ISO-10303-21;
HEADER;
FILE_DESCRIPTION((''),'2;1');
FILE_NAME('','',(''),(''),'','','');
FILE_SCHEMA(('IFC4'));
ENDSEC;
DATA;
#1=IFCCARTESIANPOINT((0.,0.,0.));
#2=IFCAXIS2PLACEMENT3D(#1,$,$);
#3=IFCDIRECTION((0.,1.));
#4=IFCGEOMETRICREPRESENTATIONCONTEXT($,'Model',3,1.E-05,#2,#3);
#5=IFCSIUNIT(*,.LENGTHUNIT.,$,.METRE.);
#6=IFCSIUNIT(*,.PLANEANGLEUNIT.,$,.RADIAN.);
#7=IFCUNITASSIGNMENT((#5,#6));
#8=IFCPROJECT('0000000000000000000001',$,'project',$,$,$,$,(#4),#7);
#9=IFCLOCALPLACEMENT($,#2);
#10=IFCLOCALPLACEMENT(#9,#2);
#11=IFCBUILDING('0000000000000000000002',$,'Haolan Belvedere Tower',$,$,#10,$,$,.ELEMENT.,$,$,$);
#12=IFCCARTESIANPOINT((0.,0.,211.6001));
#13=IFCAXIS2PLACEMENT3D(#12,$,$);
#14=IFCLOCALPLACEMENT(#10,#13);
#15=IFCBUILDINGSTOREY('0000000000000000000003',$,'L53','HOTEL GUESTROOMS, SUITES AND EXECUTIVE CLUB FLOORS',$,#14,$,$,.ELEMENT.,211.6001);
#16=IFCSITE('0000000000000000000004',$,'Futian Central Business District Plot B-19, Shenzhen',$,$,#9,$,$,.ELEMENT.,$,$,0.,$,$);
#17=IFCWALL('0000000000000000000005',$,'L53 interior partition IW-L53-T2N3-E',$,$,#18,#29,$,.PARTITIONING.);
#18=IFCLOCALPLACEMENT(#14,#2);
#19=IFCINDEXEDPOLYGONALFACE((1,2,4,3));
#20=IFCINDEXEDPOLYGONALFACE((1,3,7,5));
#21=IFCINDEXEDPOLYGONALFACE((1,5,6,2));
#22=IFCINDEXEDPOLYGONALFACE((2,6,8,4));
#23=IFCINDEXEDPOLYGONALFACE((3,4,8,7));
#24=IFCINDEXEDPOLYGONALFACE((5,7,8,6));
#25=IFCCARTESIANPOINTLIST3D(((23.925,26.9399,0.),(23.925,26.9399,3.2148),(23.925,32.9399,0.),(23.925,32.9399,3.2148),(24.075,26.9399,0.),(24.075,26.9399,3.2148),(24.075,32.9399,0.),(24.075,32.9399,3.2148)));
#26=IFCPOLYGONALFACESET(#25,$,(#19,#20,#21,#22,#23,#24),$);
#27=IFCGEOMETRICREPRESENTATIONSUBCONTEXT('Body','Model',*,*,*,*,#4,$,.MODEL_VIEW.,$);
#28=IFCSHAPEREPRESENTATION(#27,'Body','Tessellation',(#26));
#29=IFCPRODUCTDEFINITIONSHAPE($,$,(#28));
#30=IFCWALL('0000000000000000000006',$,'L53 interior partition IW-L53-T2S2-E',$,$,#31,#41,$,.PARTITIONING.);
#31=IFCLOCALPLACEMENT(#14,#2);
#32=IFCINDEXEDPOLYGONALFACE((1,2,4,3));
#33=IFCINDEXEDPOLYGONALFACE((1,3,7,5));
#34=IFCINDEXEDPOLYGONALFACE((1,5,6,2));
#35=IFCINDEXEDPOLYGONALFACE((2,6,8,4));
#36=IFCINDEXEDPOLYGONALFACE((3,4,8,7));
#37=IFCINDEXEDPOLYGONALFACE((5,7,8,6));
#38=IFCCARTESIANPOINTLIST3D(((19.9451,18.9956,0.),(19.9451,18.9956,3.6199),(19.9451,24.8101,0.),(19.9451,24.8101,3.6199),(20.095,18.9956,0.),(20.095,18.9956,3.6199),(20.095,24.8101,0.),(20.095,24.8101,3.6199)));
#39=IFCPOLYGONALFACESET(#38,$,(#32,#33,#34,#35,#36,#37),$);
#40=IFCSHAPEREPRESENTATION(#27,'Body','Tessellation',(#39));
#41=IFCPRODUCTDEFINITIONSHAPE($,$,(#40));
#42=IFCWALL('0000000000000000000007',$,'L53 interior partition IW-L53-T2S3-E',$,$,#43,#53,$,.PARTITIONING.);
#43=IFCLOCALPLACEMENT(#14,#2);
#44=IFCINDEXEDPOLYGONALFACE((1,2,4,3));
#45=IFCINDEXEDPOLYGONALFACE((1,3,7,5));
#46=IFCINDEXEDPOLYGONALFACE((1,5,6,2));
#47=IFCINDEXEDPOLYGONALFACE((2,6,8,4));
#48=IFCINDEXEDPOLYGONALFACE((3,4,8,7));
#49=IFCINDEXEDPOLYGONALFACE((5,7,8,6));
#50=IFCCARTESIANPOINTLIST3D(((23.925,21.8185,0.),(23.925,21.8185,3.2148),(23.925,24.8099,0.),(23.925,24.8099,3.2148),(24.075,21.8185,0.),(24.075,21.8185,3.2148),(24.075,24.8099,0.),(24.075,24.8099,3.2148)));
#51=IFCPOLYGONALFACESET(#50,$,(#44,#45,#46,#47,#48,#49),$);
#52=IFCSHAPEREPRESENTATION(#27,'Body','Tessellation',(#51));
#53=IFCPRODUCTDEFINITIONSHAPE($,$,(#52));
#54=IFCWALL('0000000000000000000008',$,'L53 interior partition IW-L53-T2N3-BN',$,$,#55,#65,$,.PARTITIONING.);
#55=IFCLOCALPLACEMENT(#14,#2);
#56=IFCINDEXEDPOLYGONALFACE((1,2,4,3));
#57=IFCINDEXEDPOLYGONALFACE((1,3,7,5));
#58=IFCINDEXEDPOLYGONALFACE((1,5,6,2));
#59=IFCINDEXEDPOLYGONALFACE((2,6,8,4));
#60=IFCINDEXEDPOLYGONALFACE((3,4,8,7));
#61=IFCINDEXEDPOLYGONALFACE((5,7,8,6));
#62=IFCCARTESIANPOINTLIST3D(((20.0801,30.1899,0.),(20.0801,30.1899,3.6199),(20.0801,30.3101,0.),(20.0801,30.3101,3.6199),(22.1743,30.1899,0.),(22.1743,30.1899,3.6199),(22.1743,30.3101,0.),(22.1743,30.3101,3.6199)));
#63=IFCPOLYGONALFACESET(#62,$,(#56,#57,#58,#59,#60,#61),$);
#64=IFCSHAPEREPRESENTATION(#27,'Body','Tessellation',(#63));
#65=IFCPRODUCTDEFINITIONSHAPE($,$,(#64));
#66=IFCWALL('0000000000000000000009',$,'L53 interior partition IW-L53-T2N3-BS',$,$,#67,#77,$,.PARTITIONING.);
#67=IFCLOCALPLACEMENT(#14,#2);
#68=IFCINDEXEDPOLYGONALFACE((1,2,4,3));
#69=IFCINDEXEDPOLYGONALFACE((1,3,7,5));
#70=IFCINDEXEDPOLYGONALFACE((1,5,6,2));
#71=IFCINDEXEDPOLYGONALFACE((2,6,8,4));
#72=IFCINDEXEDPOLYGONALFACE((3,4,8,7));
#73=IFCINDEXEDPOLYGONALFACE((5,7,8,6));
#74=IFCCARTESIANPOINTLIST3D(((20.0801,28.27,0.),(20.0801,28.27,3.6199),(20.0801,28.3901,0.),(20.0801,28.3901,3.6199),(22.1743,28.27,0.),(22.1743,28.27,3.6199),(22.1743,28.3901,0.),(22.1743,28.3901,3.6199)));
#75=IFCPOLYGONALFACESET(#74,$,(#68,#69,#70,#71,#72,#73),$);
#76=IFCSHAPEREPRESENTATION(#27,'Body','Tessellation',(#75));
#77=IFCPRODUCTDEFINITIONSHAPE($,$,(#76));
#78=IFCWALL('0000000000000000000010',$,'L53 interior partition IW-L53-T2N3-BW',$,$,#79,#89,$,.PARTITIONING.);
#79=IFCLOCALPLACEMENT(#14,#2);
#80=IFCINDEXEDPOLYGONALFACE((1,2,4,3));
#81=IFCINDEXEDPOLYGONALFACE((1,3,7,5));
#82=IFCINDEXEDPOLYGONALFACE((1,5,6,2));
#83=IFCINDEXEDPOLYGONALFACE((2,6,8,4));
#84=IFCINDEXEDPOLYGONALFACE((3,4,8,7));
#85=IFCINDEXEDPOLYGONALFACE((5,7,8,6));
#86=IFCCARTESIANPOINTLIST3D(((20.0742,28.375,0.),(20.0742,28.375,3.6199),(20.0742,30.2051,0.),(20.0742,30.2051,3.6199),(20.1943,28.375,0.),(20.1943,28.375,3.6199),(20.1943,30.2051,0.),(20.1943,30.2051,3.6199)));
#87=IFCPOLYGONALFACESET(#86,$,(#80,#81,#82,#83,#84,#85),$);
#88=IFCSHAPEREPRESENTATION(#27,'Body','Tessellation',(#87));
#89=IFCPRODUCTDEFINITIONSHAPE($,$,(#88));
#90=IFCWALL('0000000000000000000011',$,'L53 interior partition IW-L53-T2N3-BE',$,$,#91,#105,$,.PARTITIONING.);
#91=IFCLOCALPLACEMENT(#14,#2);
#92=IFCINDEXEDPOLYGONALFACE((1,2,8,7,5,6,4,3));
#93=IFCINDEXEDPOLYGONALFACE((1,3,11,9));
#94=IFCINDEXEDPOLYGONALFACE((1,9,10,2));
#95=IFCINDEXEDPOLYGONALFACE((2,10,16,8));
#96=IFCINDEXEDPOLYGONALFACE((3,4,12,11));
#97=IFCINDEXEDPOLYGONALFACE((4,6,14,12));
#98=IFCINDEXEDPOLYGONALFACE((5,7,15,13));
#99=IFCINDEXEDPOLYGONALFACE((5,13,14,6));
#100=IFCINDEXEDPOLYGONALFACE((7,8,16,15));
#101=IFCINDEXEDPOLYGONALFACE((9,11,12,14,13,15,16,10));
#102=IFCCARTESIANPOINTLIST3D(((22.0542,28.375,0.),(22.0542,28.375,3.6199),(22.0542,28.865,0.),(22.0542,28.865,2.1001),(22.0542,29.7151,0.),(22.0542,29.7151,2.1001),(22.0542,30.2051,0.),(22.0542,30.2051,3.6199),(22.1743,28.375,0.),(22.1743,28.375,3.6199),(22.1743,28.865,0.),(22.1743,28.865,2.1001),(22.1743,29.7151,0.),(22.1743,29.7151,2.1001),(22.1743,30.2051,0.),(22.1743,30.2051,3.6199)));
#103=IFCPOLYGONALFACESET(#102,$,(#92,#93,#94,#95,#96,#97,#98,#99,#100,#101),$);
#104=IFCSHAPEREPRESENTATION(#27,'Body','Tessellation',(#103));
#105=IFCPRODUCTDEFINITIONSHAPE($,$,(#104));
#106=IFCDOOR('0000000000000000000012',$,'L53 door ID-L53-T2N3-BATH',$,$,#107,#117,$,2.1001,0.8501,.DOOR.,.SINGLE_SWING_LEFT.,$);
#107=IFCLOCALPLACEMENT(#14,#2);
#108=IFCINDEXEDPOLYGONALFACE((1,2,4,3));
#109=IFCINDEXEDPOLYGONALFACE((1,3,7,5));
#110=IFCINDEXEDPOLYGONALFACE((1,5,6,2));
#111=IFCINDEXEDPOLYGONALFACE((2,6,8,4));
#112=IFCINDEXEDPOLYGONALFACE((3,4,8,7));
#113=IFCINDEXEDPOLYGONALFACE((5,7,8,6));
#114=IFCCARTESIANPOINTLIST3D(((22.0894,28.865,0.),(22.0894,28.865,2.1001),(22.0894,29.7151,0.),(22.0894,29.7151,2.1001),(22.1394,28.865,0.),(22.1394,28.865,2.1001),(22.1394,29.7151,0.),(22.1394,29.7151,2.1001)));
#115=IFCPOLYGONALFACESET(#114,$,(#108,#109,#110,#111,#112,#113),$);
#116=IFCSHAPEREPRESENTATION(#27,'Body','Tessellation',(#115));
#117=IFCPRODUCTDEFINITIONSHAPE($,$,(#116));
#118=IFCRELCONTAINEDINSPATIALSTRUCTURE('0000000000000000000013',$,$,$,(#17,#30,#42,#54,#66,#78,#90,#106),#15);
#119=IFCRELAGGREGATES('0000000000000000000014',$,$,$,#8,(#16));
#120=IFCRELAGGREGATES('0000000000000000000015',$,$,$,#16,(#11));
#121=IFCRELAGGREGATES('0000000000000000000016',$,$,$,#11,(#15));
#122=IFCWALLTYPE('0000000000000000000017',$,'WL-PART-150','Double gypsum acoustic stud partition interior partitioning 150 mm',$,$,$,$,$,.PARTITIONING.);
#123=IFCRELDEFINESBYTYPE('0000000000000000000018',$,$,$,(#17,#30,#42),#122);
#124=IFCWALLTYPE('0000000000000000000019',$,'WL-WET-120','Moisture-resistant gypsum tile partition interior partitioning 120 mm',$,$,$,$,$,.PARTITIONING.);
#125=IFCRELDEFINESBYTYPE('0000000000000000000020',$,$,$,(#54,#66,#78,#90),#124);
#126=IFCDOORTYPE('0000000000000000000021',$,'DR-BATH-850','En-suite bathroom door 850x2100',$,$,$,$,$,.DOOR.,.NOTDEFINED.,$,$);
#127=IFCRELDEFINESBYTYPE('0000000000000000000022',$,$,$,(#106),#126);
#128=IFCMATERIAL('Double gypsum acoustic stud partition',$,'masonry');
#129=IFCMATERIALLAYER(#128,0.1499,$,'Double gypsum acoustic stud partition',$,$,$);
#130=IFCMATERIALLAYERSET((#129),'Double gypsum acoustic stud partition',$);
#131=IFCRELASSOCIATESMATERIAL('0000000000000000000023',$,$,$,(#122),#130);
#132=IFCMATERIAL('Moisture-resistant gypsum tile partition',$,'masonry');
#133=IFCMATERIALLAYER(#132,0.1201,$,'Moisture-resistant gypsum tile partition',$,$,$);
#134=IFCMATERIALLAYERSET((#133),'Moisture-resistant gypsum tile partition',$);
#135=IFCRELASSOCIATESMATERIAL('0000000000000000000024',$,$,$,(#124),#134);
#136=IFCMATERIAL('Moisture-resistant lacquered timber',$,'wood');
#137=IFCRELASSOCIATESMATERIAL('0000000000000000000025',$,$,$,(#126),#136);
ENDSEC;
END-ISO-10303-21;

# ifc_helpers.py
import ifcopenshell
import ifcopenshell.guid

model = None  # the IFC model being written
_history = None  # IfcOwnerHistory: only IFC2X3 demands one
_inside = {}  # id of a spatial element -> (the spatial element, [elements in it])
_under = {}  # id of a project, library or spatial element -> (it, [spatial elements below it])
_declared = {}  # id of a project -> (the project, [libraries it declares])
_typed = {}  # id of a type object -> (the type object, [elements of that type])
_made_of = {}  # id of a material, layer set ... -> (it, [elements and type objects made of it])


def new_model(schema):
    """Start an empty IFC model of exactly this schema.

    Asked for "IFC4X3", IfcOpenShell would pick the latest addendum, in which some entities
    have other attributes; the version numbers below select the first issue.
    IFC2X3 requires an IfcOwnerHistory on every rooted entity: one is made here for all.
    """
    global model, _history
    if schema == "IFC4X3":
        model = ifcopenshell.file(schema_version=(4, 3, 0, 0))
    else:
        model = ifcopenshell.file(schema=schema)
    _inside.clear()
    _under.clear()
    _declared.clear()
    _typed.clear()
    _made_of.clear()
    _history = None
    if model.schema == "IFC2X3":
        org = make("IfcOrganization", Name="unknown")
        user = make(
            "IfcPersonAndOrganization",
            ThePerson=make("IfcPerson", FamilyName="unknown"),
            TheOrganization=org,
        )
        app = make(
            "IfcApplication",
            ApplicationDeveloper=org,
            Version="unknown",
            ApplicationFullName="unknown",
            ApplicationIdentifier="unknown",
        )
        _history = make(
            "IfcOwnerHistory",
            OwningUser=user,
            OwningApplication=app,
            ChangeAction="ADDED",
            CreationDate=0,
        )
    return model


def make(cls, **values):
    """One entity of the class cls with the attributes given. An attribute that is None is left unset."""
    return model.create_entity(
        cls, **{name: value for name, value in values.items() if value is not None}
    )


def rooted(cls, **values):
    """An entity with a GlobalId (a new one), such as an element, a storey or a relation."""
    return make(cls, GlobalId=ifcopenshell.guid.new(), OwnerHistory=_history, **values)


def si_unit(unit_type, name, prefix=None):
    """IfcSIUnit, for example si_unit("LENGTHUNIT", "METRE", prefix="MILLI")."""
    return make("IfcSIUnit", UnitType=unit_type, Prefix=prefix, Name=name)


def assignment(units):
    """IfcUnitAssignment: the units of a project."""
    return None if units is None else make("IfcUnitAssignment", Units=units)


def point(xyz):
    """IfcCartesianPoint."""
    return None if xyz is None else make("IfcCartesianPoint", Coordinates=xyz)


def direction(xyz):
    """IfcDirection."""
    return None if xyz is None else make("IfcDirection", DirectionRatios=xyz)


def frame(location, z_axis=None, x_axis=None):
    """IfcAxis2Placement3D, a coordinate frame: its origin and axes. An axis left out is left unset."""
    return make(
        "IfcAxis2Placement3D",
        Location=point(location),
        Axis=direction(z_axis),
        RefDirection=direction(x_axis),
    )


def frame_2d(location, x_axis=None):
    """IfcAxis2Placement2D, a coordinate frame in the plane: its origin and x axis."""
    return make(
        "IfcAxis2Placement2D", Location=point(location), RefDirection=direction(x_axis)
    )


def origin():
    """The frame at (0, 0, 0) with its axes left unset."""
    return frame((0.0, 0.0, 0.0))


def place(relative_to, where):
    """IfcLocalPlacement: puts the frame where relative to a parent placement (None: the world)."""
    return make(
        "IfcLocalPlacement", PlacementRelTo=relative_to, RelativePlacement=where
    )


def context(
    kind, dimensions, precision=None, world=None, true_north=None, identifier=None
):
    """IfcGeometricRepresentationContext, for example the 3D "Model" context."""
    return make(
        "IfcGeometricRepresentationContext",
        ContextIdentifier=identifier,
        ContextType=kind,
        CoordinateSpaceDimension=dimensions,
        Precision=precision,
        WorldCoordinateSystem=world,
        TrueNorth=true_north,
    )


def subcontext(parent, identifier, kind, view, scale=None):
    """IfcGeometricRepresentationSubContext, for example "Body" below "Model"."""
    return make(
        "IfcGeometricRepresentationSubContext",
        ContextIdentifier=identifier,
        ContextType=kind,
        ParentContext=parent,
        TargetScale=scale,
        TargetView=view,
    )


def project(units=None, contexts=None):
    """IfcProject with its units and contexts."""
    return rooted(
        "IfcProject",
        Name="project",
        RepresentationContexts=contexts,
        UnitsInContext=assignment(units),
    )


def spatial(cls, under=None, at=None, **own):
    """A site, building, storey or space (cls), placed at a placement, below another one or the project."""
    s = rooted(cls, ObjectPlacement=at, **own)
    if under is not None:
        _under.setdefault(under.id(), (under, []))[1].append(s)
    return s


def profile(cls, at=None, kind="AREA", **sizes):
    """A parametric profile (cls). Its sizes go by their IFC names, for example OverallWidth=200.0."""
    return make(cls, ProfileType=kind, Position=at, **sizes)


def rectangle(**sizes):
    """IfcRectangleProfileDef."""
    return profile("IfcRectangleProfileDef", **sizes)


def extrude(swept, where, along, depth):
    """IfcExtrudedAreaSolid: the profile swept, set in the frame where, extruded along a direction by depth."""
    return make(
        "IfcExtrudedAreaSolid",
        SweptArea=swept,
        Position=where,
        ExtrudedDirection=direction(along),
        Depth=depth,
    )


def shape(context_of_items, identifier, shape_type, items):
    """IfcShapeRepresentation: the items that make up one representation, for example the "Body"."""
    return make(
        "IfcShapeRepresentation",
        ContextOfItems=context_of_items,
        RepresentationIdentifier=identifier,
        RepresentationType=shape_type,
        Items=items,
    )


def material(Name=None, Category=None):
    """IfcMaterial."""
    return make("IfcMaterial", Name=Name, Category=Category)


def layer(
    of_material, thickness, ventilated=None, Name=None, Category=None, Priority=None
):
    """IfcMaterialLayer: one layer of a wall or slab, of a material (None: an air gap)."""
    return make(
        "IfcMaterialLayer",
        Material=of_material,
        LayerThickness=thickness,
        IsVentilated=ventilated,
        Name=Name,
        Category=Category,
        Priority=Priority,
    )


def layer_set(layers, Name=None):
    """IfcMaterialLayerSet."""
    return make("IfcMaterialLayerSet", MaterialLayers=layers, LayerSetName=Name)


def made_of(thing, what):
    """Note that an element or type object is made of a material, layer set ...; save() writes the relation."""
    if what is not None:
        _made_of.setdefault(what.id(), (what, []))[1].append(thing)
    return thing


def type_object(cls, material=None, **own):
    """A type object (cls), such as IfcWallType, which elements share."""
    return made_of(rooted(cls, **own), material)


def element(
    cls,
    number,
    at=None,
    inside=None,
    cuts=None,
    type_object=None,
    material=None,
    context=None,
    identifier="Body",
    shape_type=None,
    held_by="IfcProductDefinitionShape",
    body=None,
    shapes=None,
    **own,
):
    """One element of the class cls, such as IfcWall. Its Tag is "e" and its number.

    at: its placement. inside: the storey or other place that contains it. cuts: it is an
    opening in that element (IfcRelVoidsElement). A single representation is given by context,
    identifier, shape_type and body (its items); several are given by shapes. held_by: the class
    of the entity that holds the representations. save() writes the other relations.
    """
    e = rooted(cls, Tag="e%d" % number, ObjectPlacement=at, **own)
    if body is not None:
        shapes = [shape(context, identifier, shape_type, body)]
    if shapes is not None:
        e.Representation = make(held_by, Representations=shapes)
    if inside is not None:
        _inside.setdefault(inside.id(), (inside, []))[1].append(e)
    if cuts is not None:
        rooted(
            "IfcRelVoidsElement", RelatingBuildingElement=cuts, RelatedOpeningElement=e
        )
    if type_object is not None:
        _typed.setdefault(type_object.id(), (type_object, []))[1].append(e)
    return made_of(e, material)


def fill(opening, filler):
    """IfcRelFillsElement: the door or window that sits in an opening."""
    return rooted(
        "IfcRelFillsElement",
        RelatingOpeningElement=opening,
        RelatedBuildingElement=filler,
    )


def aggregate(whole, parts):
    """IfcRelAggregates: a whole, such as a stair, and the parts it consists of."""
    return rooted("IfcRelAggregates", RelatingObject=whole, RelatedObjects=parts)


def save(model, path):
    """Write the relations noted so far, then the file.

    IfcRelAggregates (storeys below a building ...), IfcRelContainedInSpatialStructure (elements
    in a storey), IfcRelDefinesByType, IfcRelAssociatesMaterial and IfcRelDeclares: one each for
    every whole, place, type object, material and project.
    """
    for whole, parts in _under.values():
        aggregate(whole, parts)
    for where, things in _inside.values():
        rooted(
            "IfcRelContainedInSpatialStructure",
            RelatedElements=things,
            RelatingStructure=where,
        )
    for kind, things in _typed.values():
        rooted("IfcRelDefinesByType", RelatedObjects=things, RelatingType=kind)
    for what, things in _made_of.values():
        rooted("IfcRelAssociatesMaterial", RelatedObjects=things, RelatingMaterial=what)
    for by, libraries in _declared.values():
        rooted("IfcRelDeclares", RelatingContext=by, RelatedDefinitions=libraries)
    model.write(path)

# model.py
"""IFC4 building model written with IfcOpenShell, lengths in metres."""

from ifc_helpers import new_model, si_unit, direction, frame, frame_2d, origin, place, context, subcontext, project, spatial, rectangle, extrude, material, layer, layer_set, type_object, element, fill, save


model = new_model("IFC4")

# Units and contexts
model_context = context("Model", 3, precision=1e-05, world=origin(), true_north=direction((0.0, 1.0)))
body_context = subcontext(model_context, "Body", "Model", "MODEL_VIEW")
ifc_project = project(units=[si_unit("LENGTHUNIT", "METRE"), si_unit("PLANEANGLEUNIT", "RADIAN")], contexts=[model_context])

# Site, building, storey
site_placement = place(None, origin())
site = spatial("IfcSite", under=ifc_project, at=site_placement, Name="Futian Central Business District Plot B-19, Shenzhen", CompositionType="ELEMENT", RefElevation=0.0)
building_placement = place(site_placement, origin())
building = spatial("IfcBuilding", under=site, at=building_placement, Name="Haolan Belvedere Tower", CompositionType="ELEMENT")
storey_placement = place(building_placement, frame((0.0, 0.0, 211.6001)))
storey = spatial("IfcBuildingStorey", under=building, at=storey_placement, Name="L53", Description="HOTEL GUESTROOMS, SUITES AND EXECUTIVE CLUB FLOORS", CompositionType="ELEMENT", Elevation=211.6001)

# Shared definitions
ifc_material_1 = material(Name="Double gypsum acoustic stud partition", Category="masonry")
ifc_layer_1 = layer(ifc_material_1, 0.1499, Name="Double gypsum acoustic stud partition")
ifc_layer_set_1 = layer_set([ifc_layer_1], Name="Double gypsum acoustic stud partition")
wall_type_1 = type_object("IfcWallType", Name="WL-PART-150", Description="Double gypsum acoustic stud partition interior partitioning 150 mm", PredefinedType="PARTITIONING", material=ifc_layer_set_1)

# Walls
wall_1_placement = place(storey_placement, frame((24.0, 26.9399, 0.0), z_axis=(0.0, 0.0, 1.0), x_axis=(0.0, 1.0, 0.0)))
element("IfcWall", 1, at=wall_1_placement, inside=storey, type_object=wall_type_1, Name="L53 interior partition IW-L53-T2N3-E", PredefinedType="PARTITIONING", context=body_context, shape_type="SweptSolid", body=[
    extrude(rectangle(XDim=6.0, YDim=0.1499, at=frame_2d((3.0, 0.0))), origin(), (0.0, 0.0, 1.0), 3.2148),
])
wall_2_placement = place(storey_placement, frame((20.02, 18.9956, 0.0), z_axis=(0.0, 0.0, 1.0), x_axis=(0.0, 1.0, 0.0)))
element("IfcWall", 2, at=wall_2_placement, inside=storey, type_object=wall_type_1, Name="L53 interior partition IW-L53-T2S2-E", PredefinedType="PARTITIONING", context=body_context, shape_type="SweptSolid", body=[
    extrude(rectangle(XDim=5.8145, YDim=0.1499, at=frame_2d((2.9072, 0.0))), origin(), (0.0, 0.0, 1.0), 3.6199),
])

# Walls
wall_3_placement = place(storey_placement, frame((24.0, 21.8186, 0.0), z_axis=(0.0, 0.0, 1.0), x_axis=(0.0, 1.0, 0.0)))
element("IfcWall", 3, at=wall_3_placement, inside=storey, type_object=wall_type_1, Name="L53 interior partition IW-L53-T2S3-E", PredefinedType="PARTITIONING", context=body_context, shape_type="SweptSolid", body=[
    extrude(rectangle(XDim=2.9915, YDim=0.1499, at=frame_2d((1.4956, 0.0))), origin(), (0.0, 0.0, 1.0), 3.2148),
])
ifc_material_2 = material(Name="Moisture-resistant gypsum tile partition", Category="masonry")
ifc_layer_2 = layer(ifc_material_2, 0.1201, Name="Moisture-resistant gypsum tile partition")
ifc_layer_set_2 = layer_set([ifc_layer_2], Name="Moisture-resistant gypsum tile partition")
wall_type_2 = type_object("IfcWallType", Name="WL-WET-120", Description="Moisture-resistant gypsum tile partition interior partitioning 120 mm", PredefinedType="PARTITIONING", material=ifc_layer_set_2)
for number, where, z_axis, x_axis, name in (
    (4, (20.0801, 30.25, 0.0), (0.0, 0.0, 1.0), (1.0, 0.0, 0.0), "L53 interior partition IW-L53-T2N3-BN"),
    (5, (20.0801, 28.3301, 0.0), (0.0, 0.0, 1.0), (1.0, 0.0, 0.0), "L53 interior partition IW-L53-T2N3-BS"),
):
    element("IfcWall", number, at=place(storey_placement, frame(where, z_axis=z_axis, x_axis=x_axis)), inside=storey, type_object=wall_type_2, Name=name, PredefinedType="PARTITIONING", context=body_context, shape_type="SweptSolid", body=[
        extrude(rectangle(XDim=2.0942, YDim=0.1201, at=frame_2d((1.0471, 0.0))), origin(), (0.0, 0.0, 1.0), 3.6199),
    ])
wall_4_placement = place(storey_placement, frame((20.1343, 28.375, 0.0), z_axis=(0.0, 0.0, 1.0), x_axis=(0.0, 1.0, 0.0)))
element("IfcWall", 6, at=wall_4_placement, inside=storey, type_object=wall_type_2, Name="L53 interior partition IW-L53-T2N3-BW", PredefinedType="PARTITIONING", context=body_context, shape_type="SweptSolid", body=[
    extrude(rectangle(XDim=1.8301, YDim=0.1201, at=frame_2d((0.915, 0.0))), origin(), (0.0, 0.0, 1.0), 3.6199),
])

# Wall, opening, door
wall_5_placement = place(storey_placement, frame((22.1143, 28.375, 0.0), z_axis=(0.0, 0.0, 1.0), x_axis=(0.0, 1.0, 0.0)))
wall_5 = element("IfcWall", 7, at=wall_5_placement, inside=storey, type_object=wall_type_2, Name="L53 interior partition IW-L53-T2N3-BE", PredefinedType="PARTITIONING", context=body_context, shape_type="SweptSolid", body=[
    extrude(rectangle(XDim=1.8301, YDim=0.1201, at=frame_2d((0.915, 0.0))), origin(), (0.0, 0.0, 1.0), 3.6199),
])
opening_1_placement = place(wall_5_placement, frame((0.49, 0.0, 0.0)))
opening_1 = element("IfcOpeningElement", 8, at=opening_1_placement, cuts=wall_5, PredefinedType="OPENING", context=body_context, shape_type="SweptSolid", body=[
    extrude(rectangle(XDim=0.8501, YDim=2.1001, at=frame_2d((0.425, 1.05))), frame((0.0, 0.0701, 0.0), z_axis=(0.0, -1.0, 0.0), x_axis=(1.0, 0.0, 0.0)), (0.0, 0.0, 1.0), 0.1401),
])
ifc_material_3 = material(Name="Moisture-resistant lacquered timber", Category="wood")
door_type_1 = type_object("IfcDoorType", Name="DR-BATH-850", Description="En-suite bathroom door 850x2100", OperationType="NOTDEFINED", PredefinedType="DOOR", material=ifc_material_3)
door_1_placement = place(opening_1_placement, origin())
door_1 = element("IfcDoor", 9, at=door_1_placement, inside=storey, type_object=door_type_1, Name="L53 door ID-L53-T2N3-BATH", OperationType="SINGLE_SWING_LEFT", OverallHeight=2.1001, OverallWidth=0.8501, PredefinedType="DOOR", context=body_context, shape_type="SweptSolid", body=[
    extrude(rectangle(XDim=0.8501, YDim=2.1001, at=frame_2d((0.425, 1.05))), frame((0.0, 0.0249, 0.0), z_axis=(0.0, -1.0, 0.0), x_axis=(1.0, 0.0, 0.0)), (0.0, 0.0, 1.0), 0.05),
])
fill(opening_1, door_1)

save(model, "model.ifc")
